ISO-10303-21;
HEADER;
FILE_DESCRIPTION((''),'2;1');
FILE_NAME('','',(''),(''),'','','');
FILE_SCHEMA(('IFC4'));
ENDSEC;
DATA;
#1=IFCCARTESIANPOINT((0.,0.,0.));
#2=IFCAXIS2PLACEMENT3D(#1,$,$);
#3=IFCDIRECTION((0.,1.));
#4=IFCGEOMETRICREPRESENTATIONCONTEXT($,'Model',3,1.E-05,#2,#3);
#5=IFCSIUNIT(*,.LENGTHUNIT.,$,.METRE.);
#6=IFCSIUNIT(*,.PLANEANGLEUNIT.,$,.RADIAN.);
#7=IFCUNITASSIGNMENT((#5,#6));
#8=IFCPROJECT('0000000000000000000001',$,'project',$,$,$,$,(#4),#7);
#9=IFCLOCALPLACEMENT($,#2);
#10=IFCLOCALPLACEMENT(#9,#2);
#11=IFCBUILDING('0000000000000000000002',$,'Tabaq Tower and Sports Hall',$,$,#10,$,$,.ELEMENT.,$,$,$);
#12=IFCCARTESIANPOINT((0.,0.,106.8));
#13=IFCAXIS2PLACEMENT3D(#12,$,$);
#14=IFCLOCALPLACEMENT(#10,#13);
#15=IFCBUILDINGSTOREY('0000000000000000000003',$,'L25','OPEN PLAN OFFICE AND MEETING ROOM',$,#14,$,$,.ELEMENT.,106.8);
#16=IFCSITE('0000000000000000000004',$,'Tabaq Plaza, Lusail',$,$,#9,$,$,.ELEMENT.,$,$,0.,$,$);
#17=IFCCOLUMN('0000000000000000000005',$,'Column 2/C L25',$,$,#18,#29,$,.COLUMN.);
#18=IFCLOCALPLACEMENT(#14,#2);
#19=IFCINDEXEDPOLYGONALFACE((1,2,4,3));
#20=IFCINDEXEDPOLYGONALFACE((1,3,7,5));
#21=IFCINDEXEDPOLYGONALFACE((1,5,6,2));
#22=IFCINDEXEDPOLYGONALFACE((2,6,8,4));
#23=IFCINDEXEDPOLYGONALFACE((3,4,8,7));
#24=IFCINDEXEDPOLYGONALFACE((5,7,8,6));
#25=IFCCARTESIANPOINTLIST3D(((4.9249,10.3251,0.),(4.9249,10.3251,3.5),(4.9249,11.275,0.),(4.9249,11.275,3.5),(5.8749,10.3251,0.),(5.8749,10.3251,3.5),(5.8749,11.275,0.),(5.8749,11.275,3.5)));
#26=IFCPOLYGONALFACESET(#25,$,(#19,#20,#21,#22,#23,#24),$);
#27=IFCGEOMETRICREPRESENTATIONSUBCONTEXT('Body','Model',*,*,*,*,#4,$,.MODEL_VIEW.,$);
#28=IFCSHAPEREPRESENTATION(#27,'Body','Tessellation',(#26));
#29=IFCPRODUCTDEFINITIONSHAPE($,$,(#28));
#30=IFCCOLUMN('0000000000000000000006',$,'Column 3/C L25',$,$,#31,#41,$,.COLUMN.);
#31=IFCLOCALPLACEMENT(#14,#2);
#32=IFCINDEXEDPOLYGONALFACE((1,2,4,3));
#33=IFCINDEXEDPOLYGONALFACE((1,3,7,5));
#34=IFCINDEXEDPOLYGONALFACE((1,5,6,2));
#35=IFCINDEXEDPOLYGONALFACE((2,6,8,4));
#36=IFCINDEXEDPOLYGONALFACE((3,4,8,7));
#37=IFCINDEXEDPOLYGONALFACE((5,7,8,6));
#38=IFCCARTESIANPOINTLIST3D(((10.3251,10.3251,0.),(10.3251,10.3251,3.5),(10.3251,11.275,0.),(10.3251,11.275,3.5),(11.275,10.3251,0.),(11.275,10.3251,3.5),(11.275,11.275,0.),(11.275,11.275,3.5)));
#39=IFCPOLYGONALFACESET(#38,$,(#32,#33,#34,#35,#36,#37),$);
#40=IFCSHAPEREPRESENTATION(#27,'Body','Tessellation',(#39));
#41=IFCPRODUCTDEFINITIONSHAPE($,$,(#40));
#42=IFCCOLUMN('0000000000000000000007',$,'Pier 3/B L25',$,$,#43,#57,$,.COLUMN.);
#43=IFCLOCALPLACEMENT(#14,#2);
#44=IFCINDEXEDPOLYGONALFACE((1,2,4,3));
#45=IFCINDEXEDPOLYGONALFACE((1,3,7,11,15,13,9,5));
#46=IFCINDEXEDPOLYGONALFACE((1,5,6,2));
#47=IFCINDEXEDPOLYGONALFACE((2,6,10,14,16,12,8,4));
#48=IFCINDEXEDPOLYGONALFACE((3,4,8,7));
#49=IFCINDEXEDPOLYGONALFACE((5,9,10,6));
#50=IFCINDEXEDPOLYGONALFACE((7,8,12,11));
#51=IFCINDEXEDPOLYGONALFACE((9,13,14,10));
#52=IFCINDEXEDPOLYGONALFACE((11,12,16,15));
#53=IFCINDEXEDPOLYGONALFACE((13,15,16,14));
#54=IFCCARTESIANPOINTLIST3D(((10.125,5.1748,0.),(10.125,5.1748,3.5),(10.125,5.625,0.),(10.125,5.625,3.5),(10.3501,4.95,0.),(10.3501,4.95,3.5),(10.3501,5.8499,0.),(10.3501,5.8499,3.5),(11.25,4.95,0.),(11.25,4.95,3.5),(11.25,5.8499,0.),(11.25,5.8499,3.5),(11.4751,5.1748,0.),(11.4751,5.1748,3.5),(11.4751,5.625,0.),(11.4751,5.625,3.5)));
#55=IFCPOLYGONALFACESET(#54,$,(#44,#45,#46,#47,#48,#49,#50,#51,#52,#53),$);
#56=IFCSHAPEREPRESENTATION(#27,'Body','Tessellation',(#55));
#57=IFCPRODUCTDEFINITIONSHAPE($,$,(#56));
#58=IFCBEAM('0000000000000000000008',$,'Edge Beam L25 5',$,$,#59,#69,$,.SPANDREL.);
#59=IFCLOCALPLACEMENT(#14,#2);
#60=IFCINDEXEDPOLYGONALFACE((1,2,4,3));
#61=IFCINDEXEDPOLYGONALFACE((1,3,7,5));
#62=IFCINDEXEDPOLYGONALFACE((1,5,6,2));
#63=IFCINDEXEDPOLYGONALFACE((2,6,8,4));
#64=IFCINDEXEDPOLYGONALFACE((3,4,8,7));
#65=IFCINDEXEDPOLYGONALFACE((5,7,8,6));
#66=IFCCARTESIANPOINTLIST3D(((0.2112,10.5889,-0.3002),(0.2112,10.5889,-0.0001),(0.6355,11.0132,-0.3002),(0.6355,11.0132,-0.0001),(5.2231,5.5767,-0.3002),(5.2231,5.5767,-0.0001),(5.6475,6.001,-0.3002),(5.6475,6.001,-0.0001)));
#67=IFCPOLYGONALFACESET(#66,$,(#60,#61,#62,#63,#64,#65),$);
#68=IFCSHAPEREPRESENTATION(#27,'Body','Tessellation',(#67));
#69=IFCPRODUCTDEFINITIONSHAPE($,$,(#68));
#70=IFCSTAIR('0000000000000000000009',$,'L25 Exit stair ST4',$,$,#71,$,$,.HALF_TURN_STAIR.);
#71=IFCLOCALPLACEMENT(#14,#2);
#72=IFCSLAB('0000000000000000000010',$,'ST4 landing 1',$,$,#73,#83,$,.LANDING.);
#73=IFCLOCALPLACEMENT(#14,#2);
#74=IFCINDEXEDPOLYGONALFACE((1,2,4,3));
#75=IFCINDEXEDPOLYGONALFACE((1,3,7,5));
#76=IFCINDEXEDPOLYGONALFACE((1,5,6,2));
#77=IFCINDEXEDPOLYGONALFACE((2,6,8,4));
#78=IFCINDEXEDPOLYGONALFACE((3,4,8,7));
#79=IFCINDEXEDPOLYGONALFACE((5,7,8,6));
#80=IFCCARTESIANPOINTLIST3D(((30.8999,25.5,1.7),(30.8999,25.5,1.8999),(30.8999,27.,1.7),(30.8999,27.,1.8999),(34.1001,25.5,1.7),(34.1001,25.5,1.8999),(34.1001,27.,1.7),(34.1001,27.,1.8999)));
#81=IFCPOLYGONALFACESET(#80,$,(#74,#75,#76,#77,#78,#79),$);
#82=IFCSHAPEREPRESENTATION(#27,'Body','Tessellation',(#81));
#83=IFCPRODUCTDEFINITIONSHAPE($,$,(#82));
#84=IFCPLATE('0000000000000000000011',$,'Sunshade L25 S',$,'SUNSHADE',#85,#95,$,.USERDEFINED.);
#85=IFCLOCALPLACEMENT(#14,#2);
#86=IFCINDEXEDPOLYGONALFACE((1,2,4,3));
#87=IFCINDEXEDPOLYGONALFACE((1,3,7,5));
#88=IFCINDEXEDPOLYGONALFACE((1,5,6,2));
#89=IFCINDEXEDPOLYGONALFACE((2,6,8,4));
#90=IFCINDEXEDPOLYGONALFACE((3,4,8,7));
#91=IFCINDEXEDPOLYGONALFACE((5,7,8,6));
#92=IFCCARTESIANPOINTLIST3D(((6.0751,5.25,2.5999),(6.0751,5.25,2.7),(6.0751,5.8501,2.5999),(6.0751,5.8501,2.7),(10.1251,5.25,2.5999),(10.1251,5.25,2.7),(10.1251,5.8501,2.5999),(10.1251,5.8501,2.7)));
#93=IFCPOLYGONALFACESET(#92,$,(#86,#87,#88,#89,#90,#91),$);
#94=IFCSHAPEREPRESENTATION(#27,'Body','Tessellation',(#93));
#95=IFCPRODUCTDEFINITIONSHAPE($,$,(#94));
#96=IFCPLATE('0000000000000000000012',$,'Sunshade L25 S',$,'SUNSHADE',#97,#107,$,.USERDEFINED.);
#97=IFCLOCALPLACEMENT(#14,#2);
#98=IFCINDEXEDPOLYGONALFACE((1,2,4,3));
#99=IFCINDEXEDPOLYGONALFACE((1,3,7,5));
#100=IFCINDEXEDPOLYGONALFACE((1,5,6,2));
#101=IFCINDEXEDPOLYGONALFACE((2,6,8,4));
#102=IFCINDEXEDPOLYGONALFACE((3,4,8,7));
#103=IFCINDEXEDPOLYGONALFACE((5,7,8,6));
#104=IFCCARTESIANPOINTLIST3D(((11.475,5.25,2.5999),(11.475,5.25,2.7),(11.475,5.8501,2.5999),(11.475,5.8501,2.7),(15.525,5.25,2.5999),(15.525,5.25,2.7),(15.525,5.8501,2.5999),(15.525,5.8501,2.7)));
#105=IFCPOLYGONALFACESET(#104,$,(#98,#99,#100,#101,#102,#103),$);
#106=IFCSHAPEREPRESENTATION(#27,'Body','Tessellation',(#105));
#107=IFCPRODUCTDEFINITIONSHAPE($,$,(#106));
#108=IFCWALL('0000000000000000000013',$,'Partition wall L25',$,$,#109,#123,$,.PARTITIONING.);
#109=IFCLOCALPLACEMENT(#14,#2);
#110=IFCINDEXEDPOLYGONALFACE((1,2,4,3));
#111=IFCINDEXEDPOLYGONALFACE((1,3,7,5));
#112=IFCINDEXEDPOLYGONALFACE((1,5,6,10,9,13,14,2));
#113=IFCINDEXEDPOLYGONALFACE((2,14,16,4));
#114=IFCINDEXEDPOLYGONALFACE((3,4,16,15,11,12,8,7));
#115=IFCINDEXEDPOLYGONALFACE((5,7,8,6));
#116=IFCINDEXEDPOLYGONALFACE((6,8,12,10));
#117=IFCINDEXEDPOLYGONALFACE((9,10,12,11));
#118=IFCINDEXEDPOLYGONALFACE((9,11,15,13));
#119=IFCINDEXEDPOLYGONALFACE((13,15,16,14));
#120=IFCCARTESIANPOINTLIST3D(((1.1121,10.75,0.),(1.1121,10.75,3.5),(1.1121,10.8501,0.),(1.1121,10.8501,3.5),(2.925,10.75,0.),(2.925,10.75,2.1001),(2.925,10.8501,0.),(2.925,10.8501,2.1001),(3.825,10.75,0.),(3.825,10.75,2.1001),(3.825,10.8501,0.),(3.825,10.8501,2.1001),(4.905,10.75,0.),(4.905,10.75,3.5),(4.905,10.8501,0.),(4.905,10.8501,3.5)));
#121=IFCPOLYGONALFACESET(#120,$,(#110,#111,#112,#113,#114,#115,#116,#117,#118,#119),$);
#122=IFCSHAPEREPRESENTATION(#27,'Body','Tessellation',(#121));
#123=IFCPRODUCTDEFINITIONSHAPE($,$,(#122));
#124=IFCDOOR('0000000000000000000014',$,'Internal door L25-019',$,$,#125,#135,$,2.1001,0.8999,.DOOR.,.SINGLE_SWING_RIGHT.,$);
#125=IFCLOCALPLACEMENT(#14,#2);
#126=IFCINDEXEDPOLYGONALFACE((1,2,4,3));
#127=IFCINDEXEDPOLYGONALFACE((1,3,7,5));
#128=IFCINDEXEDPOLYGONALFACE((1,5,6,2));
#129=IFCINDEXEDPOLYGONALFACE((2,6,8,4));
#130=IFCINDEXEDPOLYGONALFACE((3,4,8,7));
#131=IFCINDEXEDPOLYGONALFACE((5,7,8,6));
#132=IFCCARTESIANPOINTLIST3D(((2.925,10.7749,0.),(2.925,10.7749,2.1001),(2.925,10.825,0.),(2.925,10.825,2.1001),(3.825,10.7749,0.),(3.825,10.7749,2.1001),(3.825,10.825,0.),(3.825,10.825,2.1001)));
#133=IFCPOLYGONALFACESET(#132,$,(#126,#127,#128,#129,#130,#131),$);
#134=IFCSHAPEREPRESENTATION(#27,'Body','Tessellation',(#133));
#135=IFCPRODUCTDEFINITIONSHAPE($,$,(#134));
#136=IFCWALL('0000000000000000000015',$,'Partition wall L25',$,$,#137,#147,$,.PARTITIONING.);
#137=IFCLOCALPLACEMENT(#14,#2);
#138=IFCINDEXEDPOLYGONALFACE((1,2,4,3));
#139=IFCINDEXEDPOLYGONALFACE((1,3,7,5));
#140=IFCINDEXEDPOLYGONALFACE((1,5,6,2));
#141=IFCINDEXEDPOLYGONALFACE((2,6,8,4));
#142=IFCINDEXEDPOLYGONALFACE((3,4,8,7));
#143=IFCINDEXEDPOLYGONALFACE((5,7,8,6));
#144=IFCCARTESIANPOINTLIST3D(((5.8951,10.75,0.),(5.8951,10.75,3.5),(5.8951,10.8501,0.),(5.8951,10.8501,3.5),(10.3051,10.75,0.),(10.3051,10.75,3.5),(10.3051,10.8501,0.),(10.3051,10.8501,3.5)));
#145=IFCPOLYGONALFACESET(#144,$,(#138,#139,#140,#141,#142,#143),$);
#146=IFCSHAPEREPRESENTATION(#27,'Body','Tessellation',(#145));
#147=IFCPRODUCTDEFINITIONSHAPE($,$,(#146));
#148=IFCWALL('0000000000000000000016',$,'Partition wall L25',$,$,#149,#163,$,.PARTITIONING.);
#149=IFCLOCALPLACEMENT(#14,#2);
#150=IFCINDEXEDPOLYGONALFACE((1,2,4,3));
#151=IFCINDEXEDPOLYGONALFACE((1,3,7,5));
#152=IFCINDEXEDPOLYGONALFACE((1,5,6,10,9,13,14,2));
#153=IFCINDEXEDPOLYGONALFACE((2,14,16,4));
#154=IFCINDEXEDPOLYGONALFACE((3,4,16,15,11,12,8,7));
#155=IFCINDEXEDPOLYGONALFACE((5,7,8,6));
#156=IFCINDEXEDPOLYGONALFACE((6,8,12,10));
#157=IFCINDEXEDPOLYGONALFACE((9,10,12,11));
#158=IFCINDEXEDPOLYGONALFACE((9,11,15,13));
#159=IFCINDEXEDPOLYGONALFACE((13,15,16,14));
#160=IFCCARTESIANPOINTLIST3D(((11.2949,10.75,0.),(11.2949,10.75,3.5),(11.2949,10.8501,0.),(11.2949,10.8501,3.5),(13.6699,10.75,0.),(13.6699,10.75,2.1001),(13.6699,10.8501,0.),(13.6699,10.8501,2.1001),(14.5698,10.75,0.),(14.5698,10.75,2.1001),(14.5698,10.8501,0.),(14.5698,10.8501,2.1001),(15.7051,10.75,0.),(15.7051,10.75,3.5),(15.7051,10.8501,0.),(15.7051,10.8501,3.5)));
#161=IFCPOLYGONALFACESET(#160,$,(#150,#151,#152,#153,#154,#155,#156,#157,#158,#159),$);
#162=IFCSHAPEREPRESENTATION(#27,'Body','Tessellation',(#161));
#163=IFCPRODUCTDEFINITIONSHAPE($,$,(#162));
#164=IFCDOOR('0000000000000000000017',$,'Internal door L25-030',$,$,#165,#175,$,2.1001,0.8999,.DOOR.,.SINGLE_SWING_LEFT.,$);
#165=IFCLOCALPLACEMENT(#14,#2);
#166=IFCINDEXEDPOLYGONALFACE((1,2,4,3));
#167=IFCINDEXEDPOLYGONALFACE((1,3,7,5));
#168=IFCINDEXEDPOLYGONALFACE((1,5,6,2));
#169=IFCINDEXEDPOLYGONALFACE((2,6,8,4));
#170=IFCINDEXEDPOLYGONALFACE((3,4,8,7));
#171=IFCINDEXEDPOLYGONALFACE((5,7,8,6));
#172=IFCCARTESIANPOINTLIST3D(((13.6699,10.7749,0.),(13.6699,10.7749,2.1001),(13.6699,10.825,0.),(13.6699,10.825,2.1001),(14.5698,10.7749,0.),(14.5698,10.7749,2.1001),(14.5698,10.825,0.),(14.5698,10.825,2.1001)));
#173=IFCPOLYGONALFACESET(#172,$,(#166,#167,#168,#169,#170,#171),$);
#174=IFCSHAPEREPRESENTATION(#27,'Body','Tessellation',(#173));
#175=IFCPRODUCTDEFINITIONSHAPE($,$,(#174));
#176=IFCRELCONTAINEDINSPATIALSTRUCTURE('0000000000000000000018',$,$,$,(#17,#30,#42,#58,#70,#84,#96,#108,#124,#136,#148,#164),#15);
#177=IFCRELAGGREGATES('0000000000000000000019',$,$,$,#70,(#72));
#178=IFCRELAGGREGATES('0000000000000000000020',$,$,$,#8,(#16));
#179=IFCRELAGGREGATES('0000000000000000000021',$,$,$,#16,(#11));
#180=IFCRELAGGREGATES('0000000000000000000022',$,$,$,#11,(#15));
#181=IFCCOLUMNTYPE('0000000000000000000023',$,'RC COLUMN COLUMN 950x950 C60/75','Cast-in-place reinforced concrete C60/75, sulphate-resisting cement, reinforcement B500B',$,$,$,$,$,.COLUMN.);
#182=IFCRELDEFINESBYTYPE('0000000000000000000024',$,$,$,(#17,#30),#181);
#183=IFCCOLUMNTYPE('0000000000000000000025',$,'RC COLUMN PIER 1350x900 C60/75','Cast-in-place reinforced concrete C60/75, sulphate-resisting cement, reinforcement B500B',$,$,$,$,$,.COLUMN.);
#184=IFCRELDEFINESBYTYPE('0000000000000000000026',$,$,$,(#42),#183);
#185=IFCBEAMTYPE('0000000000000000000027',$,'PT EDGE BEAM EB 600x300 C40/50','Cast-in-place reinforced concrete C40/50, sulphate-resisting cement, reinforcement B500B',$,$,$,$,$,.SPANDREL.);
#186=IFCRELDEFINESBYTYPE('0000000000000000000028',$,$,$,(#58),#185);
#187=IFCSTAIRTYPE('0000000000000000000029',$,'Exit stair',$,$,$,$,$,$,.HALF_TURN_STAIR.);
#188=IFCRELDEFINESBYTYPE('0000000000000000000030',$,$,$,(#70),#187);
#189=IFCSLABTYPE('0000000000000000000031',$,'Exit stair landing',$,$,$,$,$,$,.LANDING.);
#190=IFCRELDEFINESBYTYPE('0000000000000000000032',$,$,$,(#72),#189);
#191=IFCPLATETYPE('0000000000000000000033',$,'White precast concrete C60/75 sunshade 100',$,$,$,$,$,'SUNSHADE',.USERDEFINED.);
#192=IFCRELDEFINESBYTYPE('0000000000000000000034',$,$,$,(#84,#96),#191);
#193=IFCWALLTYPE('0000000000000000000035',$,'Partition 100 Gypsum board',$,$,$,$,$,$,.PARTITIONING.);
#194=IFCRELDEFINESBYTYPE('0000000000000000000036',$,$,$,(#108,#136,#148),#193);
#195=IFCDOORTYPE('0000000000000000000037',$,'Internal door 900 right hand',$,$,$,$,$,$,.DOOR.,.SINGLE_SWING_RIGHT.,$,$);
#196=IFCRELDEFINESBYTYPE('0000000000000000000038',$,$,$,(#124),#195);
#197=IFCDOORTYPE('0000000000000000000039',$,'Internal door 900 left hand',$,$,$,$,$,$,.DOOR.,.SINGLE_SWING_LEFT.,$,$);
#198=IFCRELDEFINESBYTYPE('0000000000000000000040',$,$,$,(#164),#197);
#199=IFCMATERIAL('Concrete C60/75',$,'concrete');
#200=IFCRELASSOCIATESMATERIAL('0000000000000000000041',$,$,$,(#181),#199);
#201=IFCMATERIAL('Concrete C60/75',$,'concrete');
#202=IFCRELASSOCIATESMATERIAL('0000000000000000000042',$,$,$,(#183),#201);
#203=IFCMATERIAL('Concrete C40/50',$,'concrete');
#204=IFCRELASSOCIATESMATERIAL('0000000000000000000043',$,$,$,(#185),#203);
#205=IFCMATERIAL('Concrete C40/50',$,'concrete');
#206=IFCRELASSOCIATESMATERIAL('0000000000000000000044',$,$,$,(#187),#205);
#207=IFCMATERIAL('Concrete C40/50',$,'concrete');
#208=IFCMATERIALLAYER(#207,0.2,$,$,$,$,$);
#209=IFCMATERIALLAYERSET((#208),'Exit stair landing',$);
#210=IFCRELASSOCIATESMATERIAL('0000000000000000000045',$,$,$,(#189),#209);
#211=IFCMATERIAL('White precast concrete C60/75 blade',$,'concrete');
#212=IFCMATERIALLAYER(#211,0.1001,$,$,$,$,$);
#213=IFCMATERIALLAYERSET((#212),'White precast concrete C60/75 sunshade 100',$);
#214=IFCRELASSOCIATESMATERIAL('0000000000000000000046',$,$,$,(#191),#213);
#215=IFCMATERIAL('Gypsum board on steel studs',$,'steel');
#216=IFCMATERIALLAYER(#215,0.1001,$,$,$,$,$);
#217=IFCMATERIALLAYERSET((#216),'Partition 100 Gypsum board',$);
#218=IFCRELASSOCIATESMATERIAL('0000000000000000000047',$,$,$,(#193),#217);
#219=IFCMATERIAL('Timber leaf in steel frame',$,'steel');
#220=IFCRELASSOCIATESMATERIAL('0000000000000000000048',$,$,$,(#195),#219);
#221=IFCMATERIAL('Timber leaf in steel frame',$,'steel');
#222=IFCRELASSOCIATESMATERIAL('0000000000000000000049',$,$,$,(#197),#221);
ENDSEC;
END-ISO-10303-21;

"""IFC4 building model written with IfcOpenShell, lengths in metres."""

from ifc_helpers import new_model, si_unit, direction, frame, frame_2d, origin, origin_2d, place, context, subcontext, project, spatial, polyline, rectangle, outline, extrude, material, layer, layer_set, material_profile, profile_set, type_object, element, fill, aggregate, save


model = new_model("IFC4")

# Units and contexts
model_context = context("Model", 3, precision=1e-05, world=origin(), true_north=direction((0.0, 1.0)))
body_context = subcontext(model_context, "Body", "Model", "MODEL_VIEW")
ifc_project = project(units=[si_unit("LENGTHUNIT", "METRE"), si_unit("PLANEANGLEUNIT", "RADIAN")], contexts=[model_context])

# Site, building, storey
site_placement = place(None, origin())
site = spatial("IfcSite", under=ifc_project, at=site_placement, Name="Tabaq Plaza, Lusail", CompositionType="ELEMENT", RefElevation=0.0)
building_placement = place(site_placement, origin())
building = spatial("IfcBuilding", under=site, at=building_placement, Name="Tabaq Tower and Sports Hall", CompositionType="ELEMENT")
storey_placement = place(building_placement, frame((0.0, 0.0, 106.8)))
storey = spatial("IfcBuildingStorey", under=building, at=storey_placement, Name="L25", Description="OPEN PLAN OFFICE AND MEETING ROOM", CompositionType="ELEMENT", Elevation=106.8)

# Columns
ifc_material_1 = material(Name="Concrete C60/75", Category="concrete")
ifc_material_profile_1 = material_profile(ifc_material_1, rectangle(XDim=0.95, YDim=0.95, at=origin_2d()), Name="COLUMN 950x950")
ifc_profile_set_1 = profile_set([ifc_material_profile_1], Name="Concrete C60/75")
column_type_1 = type_object("IfcColumnType", Name="RC COLUMN COLUMN 950x950 C60/75", Description="Cast-in-place reinforced concrete C60/75, sulphate-resisting cement, reinforcement B500B", PredefinedType="COLUMN", material=ifc_profile_set_1)
for number, where, z_axis, x_axis, name in (
    (1, (5.3999, 10.8, 0.0), (0.0, 0.0, 1.0), (1.0, 0.0, 0.0), "Column 2/C L25"),
    (2, (10.8, 10.8, 0.0), (0.0, 0.0, 1.0), (1.0, 0.0, 0.0), "Column 3/C L25"),
):
    element("IfcColumn", number, at=place(storey_placement, frame(where, z_axis=z_axis, x_axis=x_axis)), inside=storey, type_object=column_type_1, Name=name, PredefinedType="COLUMN", context=body_context, shape_type="SweptSolid", body=[
        extrude(rectangle(XDim=0.95, YDim=0.95, at=origin_2d()), origin(), (0.0, 0.0, 1.0), 3.5),
    ])
ifc_material_2 = material(Name="Concrete C60/75", Category="concrete")
ifc_material_profile_2 = material_profile(ifc_material_2, outline(polyline([(-0.45, -0.45), (0.45, -0.45), (0.675, -0.2251), (0.675, 0.2251), (0.45, 0.45), (-0.45, 0.45), (-0.675, 0.2251), (-0.675, -0.2251), (-0.45, -0.45)])), Name="PIER 1350x900")
ifc_profile_set_2 = profile_set([ifc_material_profile_2], Name="Concrete C60/75")
column_type_2 = type_object("IfcColumnType", Name="RC COLUMN PIER 1350x900 C60/75", Description="Cast-in-place reinforced concrete C60/75, sulphate-resisting cement, reinforcement B500B", PredefinedType="COLUMN", material=ifc_profile_set_2)
column_placement = place(storey_placement, frame((10.8, 5.3999, 0.0), z_axis=(0.0, 0.0, 1.0), x_axis=(1.0, 0.0, 0.0)))
element("IfcColumn", 3, at=column_placement, inside=storey, type_object=column_type_2, Name="Pier 3/B L25", PredefinedType="COLUMN", context=body_context, shape_type="SweptSolid", body=[
    extrude(outline(polyline([(-0.45, -0.45), (0.45, -0.45), (0.675, -0.2251), (0.675, 0.2251), (0.45, 0.45), (-0.45, 0.45), (-0.675, 0.2251), (-0.675, -0.2251), (-0.45, -0.45)])), origin(), (0.0, 0.0, 1.0), 3.5),
])

# Beam
ifc_material_3 = material(Name="Concrete C40/50", Category="concrete")
ifc_material_profile_3 = material_profile(ifc_material_3, rectangle(XDim=0.6001, YDim=0.3, at=origin_2d()), Name="EB 600x300")
ifc_profile_set_3 = profile_set([ifc_material_profile_3], Name="Concrete C40/50")
beam_type = type_object("IfcBeamType", Name="PT EDGE BEAM EB 600x300 C40/50", Description="Cast-in-place reinforced concrete C40/50, sulphate-resisting cement, reinforcement B500B", PredefinedType="SPANDREL", material=ifc_profile_set_3)
beam_placement = place(storey_placement, frame((0.4233, 10.801, -0.1501), z_axis=(0.70709, -0.707124, 0.0), x_axis=(0.707124, 0.70709, 0.0)))
element("IfcBeam", 4, at=beam_placement, inside=storey, type_object=beam_type, Name="Edge Beam L25 5", PredefinedType="SPANDREL", context=body_context, shape_type="SweptSolid", body=[
    extrude(rectangle(XDim=0.6001, YDim=0.3, at=origin_2d()), origin(), (0.0, 0.0, 1.0), 7.0881),
])

# Stair, slab
ifc_material_4 = material(Name="Concrete C40/50", Category="concrete")
stair_type = type_object("IfcStairType", Name="Exit stair", PredefinedType="HALF_TURN_STAIR", material=ifc_material_4)
stair_placement = place(storey_placement, origin())
stair = element("IfcStair", 5, at=stair_placement, inside=storey, type_object=stair_type, Name="L25 Exit stair ST4", PredefinedType="HALF_TURN_STAIR")
ifc_material_5 = material(Name="Concrete C40/50", Category="concrete")
ifc_layer_1 = layer(ifc_material_5, 0.2)
ifc_layer_set_1 = layer_set([ifc_layer_1], Name="Exit stair landing")
slab_type = type_object("IfcSlabType", Name="Exit stair landing", PredefinedType="LANDING", material=ifc_layer_set_1)
slab_placement = place(storey_placement, frame((0.0, 0.0, 1.7)))
slab = element("IfcSlab", 6, at=slab_placement, type_object=slab_type, Name="ST4 landing 1", PredefinedType="LANDING", context=body_context, shape_type="SweptSolid", body=[
    extrude(outline(polyline([(30.8999, 27.0), (30.8999, 25.5), (34.1001, 25.5), (34.1001, 27.0), (30.8999, 27.0)])), origin(), (0.0, 0.0, 1.0), 0.2),
])
aggregate(stair, [slab])

# Plates
ifc_material_6 = material(Name="White precast concrete C60/75 blade", Category="concrete")
ifc_layer_2 = layer(ifc_material_6, 0.1001)
ifc_layer_set_2 = layer_set([ifc_layer_2], Name="White precast concrete C60/75 sunshade 100")
plate_type = type_object("IfcPlateType", Name="White precast concrete C60/75 sunshade 100", ElementType="SUNSHADE", PredefinedType="USERDEFINED", material=ifc_layer_set_2)
for number, where, z_axis, x_axis, name in (
    (7, (8.1001, 5.55, 2.5999), (0.0, 0.0, 1.0), (1.0, 0.0, 0.0), "Sunshade L25 S"),
    (8, (13.5, 5.55, 2.5999), (0.0, 0.0, 1.0), (1.0, 0.0, 0.0), "Sunshade L25 S"),
):
    element("IfcPlate", number, at=place(storey_placement, frame(where, z_axis=z_axis, x_axis=x_axis)), inside=storey, type_object=plate_type, Name=name, ObjectType="SUNSHADE", PredefinedType="USERDEFINED", context=body_context, shape_type="SweptSolid", body=[
        extrude(rectangle(XDim=4.05, YDim=0.6001, at=origin_2d()), origin(), (0.0, 0.0, 1.0), 0.1001),
    ])

# Wall, opening, door
ifc_material_7 = material(Name="Gypsum board on steel studs", Category="steel")
ifc_layer_3 = layer(ifc_material_7, 0.1001)
ifc_layer_set_3 = layer_set([ifc_layer_3], Name="Partition 100 Gypsum board")
wall_type_1 = type_object("IfcWallType", Name="Partition 100 Gypsum board", PredefinedType="PARTITIONING", material=ifc_layer_set_3)
wall_1_placement = place(storey_placement, frame((1.1121, 10.8, 0.0), z_axis=(0.0, 0.0, 1.0), x_axis=(1.0, 0.0, 0.0)))
wall_1 = element("IfcWall", 9, at=wall_1_placement, inside=storey, type_object=wall_type_1, Name="Partition wall L25", PredefinedType="PARTITIONING", context=body_context, shape_type="SweptSolid", body=[
    extrude(rectangle(XDim=3.793, YDim=0.1001, at=frame_2d((1.8965, 0.0))), origin(), (0.0, 0.0, 1.0), 3.5),
])
opening_1_placement = place(wall_1_placement, frame((1.813, 0.0, 0.0)))
opening_1 = element("IfcOpeningElement", 10, at=opening_1_placement, cuts=wall_1, PredefinedType="OPENING", context=body_context, shape_type="SweptSolid", body=[
    extrude(rectangle(XDim=0.8999, YDim=2.1001, at=frame_2d((0.45, 1.05))), frame((0.0, 0.05, 0.0), z_axis=(0.0, -1.0, 0.0), x_axis=(1.0, 0.0, 0.0)), (0.0, 0.0, 1.0), 0.1001),
])
ifc_material_8 = material(Name="Timber leaf in steel frame", Category="steel")
door_type_1 = type_object("IfcDoorType", Name="Internal door 900 right hand", OperationType="SINGLE_SWING_RIGHT", PredefinedType="DOOR", material=ifc_material_8)
door_1_placement = place(opening_1_placement, origin())
door_1 = element("IfcDoor", 11, at=door_1_placement, inside=storey, type_object=door_type_1, Name="Internal door L25-019", OperationType="SINGLE_SWING_RIGHT", OverallHeight=2.1001, OverallWidth=0.8999, PredefinedType="DOOR", context=body_context, shape_type="SweptSolid", body=[
    extrude(rectangle(XDim=0.8999, YDim=2.1001, at=frame_2d((0.45, 1.05))), frame((0.0, 0.0249, 0.0), z_axis=(0.0, -1.0, 0.0), x_axis=(1.0, 0.0, 0.0)), (0.0, 0.0, 1.0), 0.05),
])
fill(opening_1, door_1)

# Wall
wall_2_placement = place(storey_placement, frame((5.895, 10.8, 0.0), z_axis=(0.0, 0.0, 1.0), x_axis=(1.0, 0.0, 0.0)))
element("IfcWall", 12, at=wall_2_placement, inside=storey, type_object=wall_type_1, Name="Partition wall L25", PredefinedType="PARTITIONING", context=body_context, shape_type="SweptSolid", body=[
    extrude(rectangle(XDim=4.4099, YDim=0.1001, at=frame_2d((2.2051, 0.0))), origin(), (0.0, 0.0, 1.0), 3.5),
])

# Wall, opening, door
wall_3_placement = place(storey_placement, frame((11.2949, 10.8, 0.0), z_axis=(0.0, 0.0, 1.0), x_axis=(1.0, 0.0, 0.0)))
wall_3 = element("IfcWall", 13, at=wall_3_placement, inside=storey, type_object=wall_type_1, Name="Partition wall L25", PredefinedType="PARTITIONING", context=body_context, shape_type="SweptSolid", body=[
    extrude(rectangle(XDim=4.4102, YDim=0.1001, at=frame_2d((2.2051, 0.0))), origin(), (0.0, 0.0, 1.0), 3.5),
])
opening_2_placement = place(wall_3_placement, frame((2.375, 0.0, 0.0)))
opening_2 = element("IfcOpeningElement", 14, at=opening_2_placement, cuts=wall_3, PredefinedType="OPENING", context=body_context, shape_type="SweptSolid", body=[
    extrude(rectangle(XDim=0.8999, YDim=2.1001, at=frame_2d((0.45, 1.05))), frame((0.0, 0.05, 0.0), z_axis=(0.0, -1.0, 0.0), x_axis=(1.0, 0.0, 0.0)), (0.0, 0.0, 1.0), 0.1001),
])
ifc_material_9 = material(Name="Timber leaf in steel frame", Category="steel")
door_type_2 = type_object("IfcDoorType", Name="Internal door 900 left hand", OperationType="SINGLE_SWING_LEFT", PredefinedType="DOOR", material=ifc_material_9)
door_2_placement = place(opening_2_placement, origin())
door_2 = element("IfcDoor", 15, at=door_2_placement, inside=storey, type_object=door_type_2, Name="Internal door L25-030", OperationType="SINGLE_SWING_LEFT", OverallHeight=2.1001, OverallWidth=0.8999, PredefinedType="DOOR", context=body_context, shape_type="SweptSolid", body=[
    extrude(rectangle(XDim=0.8999, YDim=2.1001, at=frame_2d((0.45, 1.05))), frame((0.0, 0.0249, 0.0), z_axis=(0.0, -1.0, 0.0), x_axis=(1.0, 0.0, 0.0)), (0.0, 0.0, 1.0), 0.05),
])
fill(opening_2, door_2)

save(model, "model.ifc")
